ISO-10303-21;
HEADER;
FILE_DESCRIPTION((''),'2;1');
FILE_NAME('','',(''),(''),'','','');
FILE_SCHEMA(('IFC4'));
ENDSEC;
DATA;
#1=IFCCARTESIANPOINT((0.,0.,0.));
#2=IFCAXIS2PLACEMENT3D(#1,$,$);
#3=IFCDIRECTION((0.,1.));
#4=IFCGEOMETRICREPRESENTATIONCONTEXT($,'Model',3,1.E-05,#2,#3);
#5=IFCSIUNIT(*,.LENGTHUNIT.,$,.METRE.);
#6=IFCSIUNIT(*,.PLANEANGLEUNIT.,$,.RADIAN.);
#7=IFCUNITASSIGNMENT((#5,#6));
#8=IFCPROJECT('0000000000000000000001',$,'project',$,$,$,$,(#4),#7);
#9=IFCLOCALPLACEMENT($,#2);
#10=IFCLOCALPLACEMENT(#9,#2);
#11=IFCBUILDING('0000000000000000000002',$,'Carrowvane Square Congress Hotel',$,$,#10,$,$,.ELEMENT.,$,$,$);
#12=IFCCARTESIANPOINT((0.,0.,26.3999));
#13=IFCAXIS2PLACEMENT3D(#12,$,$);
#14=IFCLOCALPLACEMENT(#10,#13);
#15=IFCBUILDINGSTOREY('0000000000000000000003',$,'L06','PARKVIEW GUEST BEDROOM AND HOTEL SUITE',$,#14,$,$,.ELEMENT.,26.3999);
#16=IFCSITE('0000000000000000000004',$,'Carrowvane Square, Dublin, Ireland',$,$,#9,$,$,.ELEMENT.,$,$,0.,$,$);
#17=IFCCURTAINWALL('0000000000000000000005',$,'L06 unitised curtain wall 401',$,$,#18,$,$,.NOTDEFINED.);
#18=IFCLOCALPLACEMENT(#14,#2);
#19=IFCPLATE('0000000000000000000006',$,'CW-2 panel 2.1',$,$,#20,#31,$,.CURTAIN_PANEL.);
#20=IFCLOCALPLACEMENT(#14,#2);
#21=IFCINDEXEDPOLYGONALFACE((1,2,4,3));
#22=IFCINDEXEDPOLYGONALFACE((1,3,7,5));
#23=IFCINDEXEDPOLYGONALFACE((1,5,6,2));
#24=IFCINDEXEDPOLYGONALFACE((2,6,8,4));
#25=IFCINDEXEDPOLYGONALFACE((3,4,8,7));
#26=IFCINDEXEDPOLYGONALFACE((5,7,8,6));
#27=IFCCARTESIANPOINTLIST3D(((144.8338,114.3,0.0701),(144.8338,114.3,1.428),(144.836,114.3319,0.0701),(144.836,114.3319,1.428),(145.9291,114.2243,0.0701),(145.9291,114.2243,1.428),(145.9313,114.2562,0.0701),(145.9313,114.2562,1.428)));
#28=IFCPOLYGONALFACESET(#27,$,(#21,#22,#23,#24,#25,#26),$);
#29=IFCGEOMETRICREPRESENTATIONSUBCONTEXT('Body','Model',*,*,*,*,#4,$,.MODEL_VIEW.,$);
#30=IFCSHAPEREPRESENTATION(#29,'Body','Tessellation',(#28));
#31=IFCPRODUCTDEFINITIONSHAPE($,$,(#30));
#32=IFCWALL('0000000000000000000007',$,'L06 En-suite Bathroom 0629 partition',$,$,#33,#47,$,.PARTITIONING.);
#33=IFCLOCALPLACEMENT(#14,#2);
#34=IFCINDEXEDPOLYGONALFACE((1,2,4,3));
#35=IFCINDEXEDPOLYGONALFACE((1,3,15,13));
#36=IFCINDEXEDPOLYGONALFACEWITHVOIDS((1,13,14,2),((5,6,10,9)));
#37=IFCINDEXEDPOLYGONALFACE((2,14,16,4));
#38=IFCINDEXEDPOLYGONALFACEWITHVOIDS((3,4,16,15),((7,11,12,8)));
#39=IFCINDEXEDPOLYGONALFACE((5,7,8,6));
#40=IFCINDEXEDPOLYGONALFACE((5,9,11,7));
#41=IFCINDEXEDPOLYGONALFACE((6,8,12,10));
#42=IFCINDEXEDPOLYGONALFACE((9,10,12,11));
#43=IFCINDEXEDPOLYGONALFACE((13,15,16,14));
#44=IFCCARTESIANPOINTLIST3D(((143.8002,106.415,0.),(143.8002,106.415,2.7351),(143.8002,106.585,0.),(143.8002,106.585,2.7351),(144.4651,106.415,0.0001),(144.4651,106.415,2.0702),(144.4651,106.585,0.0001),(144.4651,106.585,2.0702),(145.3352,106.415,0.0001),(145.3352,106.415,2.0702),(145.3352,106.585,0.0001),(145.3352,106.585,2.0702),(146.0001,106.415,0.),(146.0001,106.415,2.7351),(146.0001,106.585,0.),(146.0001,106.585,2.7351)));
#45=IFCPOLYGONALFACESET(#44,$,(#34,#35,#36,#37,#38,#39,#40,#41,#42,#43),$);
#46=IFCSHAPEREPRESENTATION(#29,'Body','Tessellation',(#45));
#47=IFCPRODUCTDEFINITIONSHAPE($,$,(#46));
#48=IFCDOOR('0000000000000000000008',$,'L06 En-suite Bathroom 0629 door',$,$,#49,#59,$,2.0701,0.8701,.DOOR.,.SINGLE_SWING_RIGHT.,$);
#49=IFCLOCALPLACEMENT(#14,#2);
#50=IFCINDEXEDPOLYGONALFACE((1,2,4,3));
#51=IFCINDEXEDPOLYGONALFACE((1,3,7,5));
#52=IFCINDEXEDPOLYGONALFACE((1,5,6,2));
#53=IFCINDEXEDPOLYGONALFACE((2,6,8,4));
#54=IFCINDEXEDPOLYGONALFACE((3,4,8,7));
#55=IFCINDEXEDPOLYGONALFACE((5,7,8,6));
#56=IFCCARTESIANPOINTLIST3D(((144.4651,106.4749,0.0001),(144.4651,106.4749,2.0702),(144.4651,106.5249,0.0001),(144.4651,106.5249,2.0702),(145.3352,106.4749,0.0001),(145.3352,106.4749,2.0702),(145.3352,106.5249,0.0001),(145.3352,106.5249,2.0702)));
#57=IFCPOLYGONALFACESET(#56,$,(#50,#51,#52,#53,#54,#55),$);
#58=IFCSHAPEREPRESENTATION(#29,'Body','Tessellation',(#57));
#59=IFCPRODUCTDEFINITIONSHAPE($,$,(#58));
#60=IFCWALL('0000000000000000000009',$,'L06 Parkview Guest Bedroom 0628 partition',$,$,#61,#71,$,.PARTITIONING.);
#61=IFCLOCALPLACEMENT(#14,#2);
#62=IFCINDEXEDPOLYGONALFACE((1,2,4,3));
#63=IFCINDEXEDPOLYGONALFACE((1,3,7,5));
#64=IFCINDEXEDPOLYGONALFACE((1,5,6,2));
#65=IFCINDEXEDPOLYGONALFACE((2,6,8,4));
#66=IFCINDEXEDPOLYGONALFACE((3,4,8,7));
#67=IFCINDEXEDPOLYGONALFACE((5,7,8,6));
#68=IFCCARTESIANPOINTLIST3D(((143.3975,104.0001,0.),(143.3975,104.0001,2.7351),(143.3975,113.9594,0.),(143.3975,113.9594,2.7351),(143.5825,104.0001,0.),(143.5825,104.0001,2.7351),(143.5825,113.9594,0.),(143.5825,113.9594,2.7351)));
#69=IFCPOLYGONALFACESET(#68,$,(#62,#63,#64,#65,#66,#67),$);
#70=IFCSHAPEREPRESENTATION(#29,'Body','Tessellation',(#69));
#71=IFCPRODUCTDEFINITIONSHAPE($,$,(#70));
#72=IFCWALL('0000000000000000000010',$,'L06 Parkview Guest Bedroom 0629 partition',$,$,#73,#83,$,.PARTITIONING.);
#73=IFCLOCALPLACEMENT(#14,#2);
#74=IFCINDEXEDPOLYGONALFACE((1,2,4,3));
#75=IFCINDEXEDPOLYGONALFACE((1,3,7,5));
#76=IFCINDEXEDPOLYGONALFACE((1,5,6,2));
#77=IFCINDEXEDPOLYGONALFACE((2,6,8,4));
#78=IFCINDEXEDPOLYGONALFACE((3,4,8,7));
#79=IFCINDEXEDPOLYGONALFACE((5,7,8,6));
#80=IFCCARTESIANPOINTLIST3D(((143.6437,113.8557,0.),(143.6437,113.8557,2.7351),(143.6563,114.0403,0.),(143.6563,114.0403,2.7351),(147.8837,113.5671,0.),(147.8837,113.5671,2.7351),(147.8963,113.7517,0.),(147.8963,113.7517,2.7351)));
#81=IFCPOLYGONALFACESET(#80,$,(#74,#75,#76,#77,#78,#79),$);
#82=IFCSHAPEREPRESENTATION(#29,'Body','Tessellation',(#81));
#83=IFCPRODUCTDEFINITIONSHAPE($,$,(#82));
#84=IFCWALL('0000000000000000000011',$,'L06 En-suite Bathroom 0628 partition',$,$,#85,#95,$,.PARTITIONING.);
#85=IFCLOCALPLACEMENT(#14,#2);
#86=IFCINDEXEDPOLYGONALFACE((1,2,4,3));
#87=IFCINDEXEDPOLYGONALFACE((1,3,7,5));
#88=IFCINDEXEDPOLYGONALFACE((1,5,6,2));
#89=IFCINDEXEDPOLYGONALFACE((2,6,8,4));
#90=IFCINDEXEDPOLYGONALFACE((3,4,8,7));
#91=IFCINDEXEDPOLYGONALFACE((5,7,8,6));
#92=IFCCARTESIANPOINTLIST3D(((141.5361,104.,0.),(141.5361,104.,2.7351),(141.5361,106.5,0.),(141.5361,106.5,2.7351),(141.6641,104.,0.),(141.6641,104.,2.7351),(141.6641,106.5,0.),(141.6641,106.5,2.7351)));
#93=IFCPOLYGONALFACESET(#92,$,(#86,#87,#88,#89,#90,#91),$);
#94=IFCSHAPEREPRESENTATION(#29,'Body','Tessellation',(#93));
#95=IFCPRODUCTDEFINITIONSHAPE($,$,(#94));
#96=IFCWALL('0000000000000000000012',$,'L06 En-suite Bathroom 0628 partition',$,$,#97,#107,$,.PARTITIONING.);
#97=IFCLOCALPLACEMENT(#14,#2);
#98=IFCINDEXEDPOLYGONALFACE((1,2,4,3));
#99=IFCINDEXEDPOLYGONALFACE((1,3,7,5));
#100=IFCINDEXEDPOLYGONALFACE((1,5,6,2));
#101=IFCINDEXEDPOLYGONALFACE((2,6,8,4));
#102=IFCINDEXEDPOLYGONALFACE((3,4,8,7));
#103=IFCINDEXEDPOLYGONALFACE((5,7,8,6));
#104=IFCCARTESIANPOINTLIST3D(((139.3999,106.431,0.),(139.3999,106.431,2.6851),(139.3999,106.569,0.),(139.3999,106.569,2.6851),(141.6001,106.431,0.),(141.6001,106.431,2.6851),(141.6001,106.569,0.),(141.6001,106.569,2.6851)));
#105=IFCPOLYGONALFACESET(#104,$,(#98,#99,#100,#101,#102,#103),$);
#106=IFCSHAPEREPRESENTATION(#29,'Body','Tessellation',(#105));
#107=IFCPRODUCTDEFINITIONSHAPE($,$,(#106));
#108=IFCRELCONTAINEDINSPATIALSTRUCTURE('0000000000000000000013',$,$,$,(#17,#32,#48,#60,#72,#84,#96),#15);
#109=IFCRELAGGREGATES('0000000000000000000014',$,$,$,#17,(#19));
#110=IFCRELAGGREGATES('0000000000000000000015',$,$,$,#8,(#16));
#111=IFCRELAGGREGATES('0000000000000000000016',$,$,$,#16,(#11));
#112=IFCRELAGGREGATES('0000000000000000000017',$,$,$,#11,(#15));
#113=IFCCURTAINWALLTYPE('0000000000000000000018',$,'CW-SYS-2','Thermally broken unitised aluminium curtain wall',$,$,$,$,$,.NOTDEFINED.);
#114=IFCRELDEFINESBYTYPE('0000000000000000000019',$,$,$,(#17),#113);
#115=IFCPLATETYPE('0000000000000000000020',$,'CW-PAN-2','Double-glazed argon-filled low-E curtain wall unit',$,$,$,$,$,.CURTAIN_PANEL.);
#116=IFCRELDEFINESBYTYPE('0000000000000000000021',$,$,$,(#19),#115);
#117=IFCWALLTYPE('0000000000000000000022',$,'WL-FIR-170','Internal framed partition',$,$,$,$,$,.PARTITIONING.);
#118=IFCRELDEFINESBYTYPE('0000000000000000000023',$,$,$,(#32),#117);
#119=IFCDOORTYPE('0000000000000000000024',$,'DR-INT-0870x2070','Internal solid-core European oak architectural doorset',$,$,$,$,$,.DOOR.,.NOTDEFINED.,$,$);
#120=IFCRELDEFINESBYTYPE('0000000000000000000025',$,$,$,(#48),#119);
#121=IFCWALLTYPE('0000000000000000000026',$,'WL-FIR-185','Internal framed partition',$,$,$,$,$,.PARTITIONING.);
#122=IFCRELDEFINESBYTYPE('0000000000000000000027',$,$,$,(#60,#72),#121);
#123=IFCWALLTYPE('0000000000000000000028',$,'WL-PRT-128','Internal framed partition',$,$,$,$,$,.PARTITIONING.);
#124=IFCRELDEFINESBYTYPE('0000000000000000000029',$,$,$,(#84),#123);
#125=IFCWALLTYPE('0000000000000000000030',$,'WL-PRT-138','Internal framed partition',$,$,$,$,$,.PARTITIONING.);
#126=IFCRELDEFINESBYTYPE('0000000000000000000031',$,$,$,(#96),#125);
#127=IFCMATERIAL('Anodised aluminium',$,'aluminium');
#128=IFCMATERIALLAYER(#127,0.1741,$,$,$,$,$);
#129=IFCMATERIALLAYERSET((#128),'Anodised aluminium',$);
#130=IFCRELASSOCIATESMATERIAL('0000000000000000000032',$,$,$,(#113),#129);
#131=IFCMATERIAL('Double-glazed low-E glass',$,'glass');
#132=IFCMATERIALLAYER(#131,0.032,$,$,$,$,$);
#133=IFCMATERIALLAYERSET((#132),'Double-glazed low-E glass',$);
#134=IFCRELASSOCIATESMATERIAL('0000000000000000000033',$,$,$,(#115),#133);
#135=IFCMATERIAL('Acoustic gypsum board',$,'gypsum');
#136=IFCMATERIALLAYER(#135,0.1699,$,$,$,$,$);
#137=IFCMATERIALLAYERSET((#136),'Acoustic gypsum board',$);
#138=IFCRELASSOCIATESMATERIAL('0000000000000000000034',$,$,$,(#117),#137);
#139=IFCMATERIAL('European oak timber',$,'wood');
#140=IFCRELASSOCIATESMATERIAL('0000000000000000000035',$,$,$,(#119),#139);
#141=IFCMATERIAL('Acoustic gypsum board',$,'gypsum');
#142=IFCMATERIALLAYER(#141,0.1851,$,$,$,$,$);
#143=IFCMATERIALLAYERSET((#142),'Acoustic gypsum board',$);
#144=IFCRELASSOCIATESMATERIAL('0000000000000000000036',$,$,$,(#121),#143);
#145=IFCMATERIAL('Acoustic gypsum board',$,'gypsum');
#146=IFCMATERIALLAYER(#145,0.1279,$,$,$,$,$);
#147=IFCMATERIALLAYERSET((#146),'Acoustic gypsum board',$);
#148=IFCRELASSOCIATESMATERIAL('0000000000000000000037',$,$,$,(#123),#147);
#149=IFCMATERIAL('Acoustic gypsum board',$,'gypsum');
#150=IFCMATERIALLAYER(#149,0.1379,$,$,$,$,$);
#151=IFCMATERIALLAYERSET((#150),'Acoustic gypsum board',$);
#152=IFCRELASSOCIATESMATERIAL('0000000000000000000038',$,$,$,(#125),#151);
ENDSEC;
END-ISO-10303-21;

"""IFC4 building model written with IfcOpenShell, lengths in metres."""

from ifc_helpers import new_model, si_unit, direction, frame, frame_2d, origin, origin_2d, place, context, subcontext, project, spatial, rectangle, extrude, material, layer, layer_set, type_object, element, fill, aggregate, save


model = new_model("IFC4")

# Units and contexts
model_context = context("Model", 3, precision=1e-05, world=origin(), true_north=direction((0.0, 1.0)))
body_context = subcontext(model_context, "Body", "Model", "MODEL_VIEW")
ifc_project = project(units=[si_unit("LENGTHUNIT", "METRE"), si_unit("PLANEANGLEUNIT", "RADIAN")], contexts=[model_context])

# Site, building, storey
site_placement = place(None, origin())
site = spatial("IfcSite", under=ifc_project, at=site_placement, Name="Carrowvane Square, Dublin, Ireland", CompositionType="ELEMENT", RefElevation=0.0)
building_placement = place(site_placement, origin())
building = spatial("IfcBuilding", under=site, at=building_placement, Name="Carrowvane Square Congress Hotel", CompositionType="ELEMENT")
storey_placement = place(building_placement, frame((0.0, 0.0, 26.3999)))
storey = spatial("IfcBuildingStorey", under=building, at=storey_placement, Name="L06", Description="PARKVIEW GUEST BEDROOM AND HOTEL SUITE", CompositionType="ELEMENT", Elevation=26.3999)

# Curtain wall, plate
ifc_material_1 = material(Name="Anodised aluminium", Category="aluminium")
ifc_layer_1 = layer(ifc_material_1, 0.1741)
ifc_layer_set_1 = layer_set([ifc_layer_1], Name="Anodised aluminium")
curtain_wall_type = type_object("IfcCurtainWallType", Name="CW-SYS-2", Description="Thermally broken unitised aluminium curtain wall", PredefinedType="NOTDEFINED", material=ifc_layer_set_1)
curtain_wall_placement = place(storey_placement, origin())
curtain_wall = element("IfcCurtainWall", 1, at=curtain_wall_placement, inside=storey, type_object=curtain_wall_type, Name="L06 unitised curtain wall 401", PredefinedType="NOTDEFINED")
ifc_material_2 = material(Name="Double-glazed low-E glass", Category="glass")
ifc_layer_2 = layer(ifc_material_2, 0.032)
ifc_layer_set_2 = layer_set([ifc_layer_2], Name="Double-glazed low-E glass")
plate_type = type_object("IfcPlateType", Name="CW-PAN-2", Description="Double-glazed argon-filled low-E curtain wall unit", PredefinedType="CURTAIN_PANEL", material=ifc_layer_set_2)
plate_1_placement = place(storey_placement, frame((145.3826, 114.2781, 0.0701), z_axis=(0.0, 0.0, 1.0), x_axis=(0.997618, -0.068986, 0.0)))
plate_1 = element("IfcPlate", 2, at=plate_1_placement, type_object=plate_type, Name="CW-2 panel 2.1", PredefinedType="CURTAIN_PANEL", context=body_context, shape_type="SweptSolid", body=[
    extrude(rectangle(XDim=1.0979, YDim=0.032, at=origin_2d()), origin(), (0.0, 0.0, 1.0), 1.3579),
])
aggregate(curtain_wall, [plate_1])

# Wall, opening, door
ifc_material_3 = material(Name="Acoustic gypsum board", Category="gypsum")
ifc_layer_3 = layer(ifc_material_3, 0.1699)
ifc_layer_set_3 = layer_set([ifc_layer_3], Name="Acoustic gypsum board")
wall_type_1 = type_object("IfcWallType", Name="WL-FIR-170", Description="Internal framed partition", PredefinedType="PARTITIONING", material=ifc_layer_set_3)
wall_1_placement = place(storey_placement, frame((143.8, 106.5, 0.0), z_axis=(0.0, 0.0, 1.0), x_axis=(1.0, 0.0, 0.0)))
wall_1 = element("IfcWall", 3, at=wall_1_placement, inside=storey, type_object=wall_type_1, Name="L06 En-suite Bathroom 0629 partition", PredefinedType="PARTITIONING", context=body_context, shape_type="SweptSolid", body=[
    extrude(rectangle(XDim=2.2, YDim=0.1699, at=frame_2d((1.1001, 0.0))), origin(), (0.0, 0.0, 1.0), 2.7351),
])
opening_1_placement = place(wall_1_placement, frame((0.665, 0.0, 0.0)))
opening_1 = element("IfcOpeningElement", 4, at=opening_1_placement, cuts=wall_1, PredefinedType="OPENING", context=body_context, shape_type="SweptSolid", body=[
    extrude(rectangle(XDim=0.8701, YDim=2.0701, at=frame_2d((0.4351, 1.0352))), frame((0.0, 0.095, 0.0), z_axis=(0.0, -1.0, 0.0), x_axis=(1.0, 0.0, 0.0)), (0.0, 0.0, 1.0), 0.1899),
])
ifc_material_4 = material(Name="European oak timber", Category="wood")
door_type_1 = type_object("IfcDoorType", Name="DR-INT-0870x2070", Description="Internal solid-core European oak architectural doorset", OperationType="NOTDEFINED", PredefinedType="DOOR", material=ifc_material_4)
door_1_placement = place(opening_1_placement, origin())
door_1 = element("IfcDoor", 5, at=door_1_placement, inside=storey, type_object=door_type_1, Name="L06 En-suite Bathroom 0629 door", OperationType="SINGLE_SWING_RIGHT", OverallHeight=2.0701, OverallWidth=0.8701, PredefinedType="DOOR", context=body_context, shape_type="SweptSolid", body=[
    extrude(rectangle(XDim=0.8701, YDim=2.0701, at=frame_2d((0.4351, 1.0352))), frame((0.0, 0.0249, 0.0), z_axis=(0.0, -1.0, 0.0), x_axis=(1.0, 0.0, 0.0)), (0.0, 0.0, 1.0), 0.05),
])
fill(opening_1, door_1)

# Walls
ifc_material_5 = material(Name="Acoustic gypsum board", Category="gypsum")
ifc_layer_4 = layer(ifc_material_5, 0.1851)
ifc_layer_set_4 = layer_set([ifc_layer_4], Name="Acoustic gypsum board")
wall_type_2 = type_object("IfcWallType", Name="WL-FIR-185", Description="Internal framed partition", PredefinedType="PARTITIONING", material=ifc_layer_set_4)
wall_2_placement = place(storey_placement, frame((143.49, 113.9592, 0.0), z_axis=(0.0, 0.0, 1.0), x_axis=(0.0, -1.0, 0.0)))
element("IfcWall", 6, at=wall_2_placement, inside=storey, type_object=wall_type_2, Name="L06 Parkview Guest Bedroom 0628 partition", PredefinedType="PARTITIONING", context=body_context, shape_type="SweptSolid", body=[
    extrude(rectangle(XDim=9.9592, YDim=0.1851, at=frame_2d((4.9795, 0.0))), origin(), (0.0, 0.0, 1.0), 2.7351),
])
wall_3_placement = place(storey_placement, frame((143.6499, 113.948, 0.0), z_axis=(0.0, 0.0, 1.0), x_axis=(0.997692, -0.067903, 0.0)))
element("IfcWall", 7, at=wall_3_placement, inside=storey, type_object=wall_type_2, Name="L06 Parkview Guest Bedroom 0629 partition", PredefinedType="PARTITIONING", context=body_context, shape_type="SweptSolid", body=[
    extrude(rectangle(XDim=4.2498, YDim=0.1851, at=frame_2d((2.125, 0.0))), origin(), (0.0, 0.0, 1.0), 2.7351),
])

# Walls
ifc_material_6 = material(Name="Acoustic gypsum board", Category="gypsum")
ifc_layer_5 = layer(ifc_material_6, 0.1279)
ifc_layer_set_5 = layer_set([ifc_layer_5], Name="Acoustic gypsum board")
wall_type_3 = type_object("IfcWallType", Name="WL-PRT-128", Description="Internal framed partition", PredefinedType="PARTITIONING", material=ifc_layer_set_5)
wall_4_placement = place(storey_placement, frame((141.6001, 106.5, 0.0), z_axis=(0.0, 0.0, 1.0), x_axis=(0.0, -1.0, 0.0)))
element("IfcWall", 8, at=wall_4_placement, inside=storey, type_object=wall_type_3, Name="L06 En-suite Bathroom 0628 partition", PredefinedType="PARTITIONING", context=body_context, shape_type="SweptSolid", body=[
    extrude(rectangle(XDim=2.5, YDim=0.1279, at=frame_2d((1.25, 0.0))), origin(), (0.0, 0.0, 1.0), 2.7351),
])
ifc_material_7 = material(Name="Acoustic gypsum board", Category="gypsum")
ifc_layer_6 = layer(ifc_material_7, 0.1379)
ifc_layer_set_6 = layer_set([ifc_layer_6], Name="Acoustic gypsum board")
wall_type_4 = type_object("IfcWallType", Name="WL-PRT-138", Description="Internal framed partition", PredefinedType="PARTITIONING", material=ifc_layer_set_6)
wall_5_placement = place(storey_placement, frame((139.3999, 106.5, 0.0), z_axis=(0.0, 0.0, 1.0), x_axis=(1.0, 0.0, 0.0)))
element("IfcWall", 9, at=wall_5_placement, inside=storey, type_object=wall_type_4, Name="L06 En-suite Bathroom 0628 partition", PredefinedType="PARTITIONING", context=body_context, shape_type="SweptSolid", body=[
    extrude(rectangle(XDim=2.2002, YDim=0.1379, at=frame_2d((1.1001, 0.0))), origin(), (0.0, 0.0, 1.0), 2.6851),
])

save(model, "model.ifc")
